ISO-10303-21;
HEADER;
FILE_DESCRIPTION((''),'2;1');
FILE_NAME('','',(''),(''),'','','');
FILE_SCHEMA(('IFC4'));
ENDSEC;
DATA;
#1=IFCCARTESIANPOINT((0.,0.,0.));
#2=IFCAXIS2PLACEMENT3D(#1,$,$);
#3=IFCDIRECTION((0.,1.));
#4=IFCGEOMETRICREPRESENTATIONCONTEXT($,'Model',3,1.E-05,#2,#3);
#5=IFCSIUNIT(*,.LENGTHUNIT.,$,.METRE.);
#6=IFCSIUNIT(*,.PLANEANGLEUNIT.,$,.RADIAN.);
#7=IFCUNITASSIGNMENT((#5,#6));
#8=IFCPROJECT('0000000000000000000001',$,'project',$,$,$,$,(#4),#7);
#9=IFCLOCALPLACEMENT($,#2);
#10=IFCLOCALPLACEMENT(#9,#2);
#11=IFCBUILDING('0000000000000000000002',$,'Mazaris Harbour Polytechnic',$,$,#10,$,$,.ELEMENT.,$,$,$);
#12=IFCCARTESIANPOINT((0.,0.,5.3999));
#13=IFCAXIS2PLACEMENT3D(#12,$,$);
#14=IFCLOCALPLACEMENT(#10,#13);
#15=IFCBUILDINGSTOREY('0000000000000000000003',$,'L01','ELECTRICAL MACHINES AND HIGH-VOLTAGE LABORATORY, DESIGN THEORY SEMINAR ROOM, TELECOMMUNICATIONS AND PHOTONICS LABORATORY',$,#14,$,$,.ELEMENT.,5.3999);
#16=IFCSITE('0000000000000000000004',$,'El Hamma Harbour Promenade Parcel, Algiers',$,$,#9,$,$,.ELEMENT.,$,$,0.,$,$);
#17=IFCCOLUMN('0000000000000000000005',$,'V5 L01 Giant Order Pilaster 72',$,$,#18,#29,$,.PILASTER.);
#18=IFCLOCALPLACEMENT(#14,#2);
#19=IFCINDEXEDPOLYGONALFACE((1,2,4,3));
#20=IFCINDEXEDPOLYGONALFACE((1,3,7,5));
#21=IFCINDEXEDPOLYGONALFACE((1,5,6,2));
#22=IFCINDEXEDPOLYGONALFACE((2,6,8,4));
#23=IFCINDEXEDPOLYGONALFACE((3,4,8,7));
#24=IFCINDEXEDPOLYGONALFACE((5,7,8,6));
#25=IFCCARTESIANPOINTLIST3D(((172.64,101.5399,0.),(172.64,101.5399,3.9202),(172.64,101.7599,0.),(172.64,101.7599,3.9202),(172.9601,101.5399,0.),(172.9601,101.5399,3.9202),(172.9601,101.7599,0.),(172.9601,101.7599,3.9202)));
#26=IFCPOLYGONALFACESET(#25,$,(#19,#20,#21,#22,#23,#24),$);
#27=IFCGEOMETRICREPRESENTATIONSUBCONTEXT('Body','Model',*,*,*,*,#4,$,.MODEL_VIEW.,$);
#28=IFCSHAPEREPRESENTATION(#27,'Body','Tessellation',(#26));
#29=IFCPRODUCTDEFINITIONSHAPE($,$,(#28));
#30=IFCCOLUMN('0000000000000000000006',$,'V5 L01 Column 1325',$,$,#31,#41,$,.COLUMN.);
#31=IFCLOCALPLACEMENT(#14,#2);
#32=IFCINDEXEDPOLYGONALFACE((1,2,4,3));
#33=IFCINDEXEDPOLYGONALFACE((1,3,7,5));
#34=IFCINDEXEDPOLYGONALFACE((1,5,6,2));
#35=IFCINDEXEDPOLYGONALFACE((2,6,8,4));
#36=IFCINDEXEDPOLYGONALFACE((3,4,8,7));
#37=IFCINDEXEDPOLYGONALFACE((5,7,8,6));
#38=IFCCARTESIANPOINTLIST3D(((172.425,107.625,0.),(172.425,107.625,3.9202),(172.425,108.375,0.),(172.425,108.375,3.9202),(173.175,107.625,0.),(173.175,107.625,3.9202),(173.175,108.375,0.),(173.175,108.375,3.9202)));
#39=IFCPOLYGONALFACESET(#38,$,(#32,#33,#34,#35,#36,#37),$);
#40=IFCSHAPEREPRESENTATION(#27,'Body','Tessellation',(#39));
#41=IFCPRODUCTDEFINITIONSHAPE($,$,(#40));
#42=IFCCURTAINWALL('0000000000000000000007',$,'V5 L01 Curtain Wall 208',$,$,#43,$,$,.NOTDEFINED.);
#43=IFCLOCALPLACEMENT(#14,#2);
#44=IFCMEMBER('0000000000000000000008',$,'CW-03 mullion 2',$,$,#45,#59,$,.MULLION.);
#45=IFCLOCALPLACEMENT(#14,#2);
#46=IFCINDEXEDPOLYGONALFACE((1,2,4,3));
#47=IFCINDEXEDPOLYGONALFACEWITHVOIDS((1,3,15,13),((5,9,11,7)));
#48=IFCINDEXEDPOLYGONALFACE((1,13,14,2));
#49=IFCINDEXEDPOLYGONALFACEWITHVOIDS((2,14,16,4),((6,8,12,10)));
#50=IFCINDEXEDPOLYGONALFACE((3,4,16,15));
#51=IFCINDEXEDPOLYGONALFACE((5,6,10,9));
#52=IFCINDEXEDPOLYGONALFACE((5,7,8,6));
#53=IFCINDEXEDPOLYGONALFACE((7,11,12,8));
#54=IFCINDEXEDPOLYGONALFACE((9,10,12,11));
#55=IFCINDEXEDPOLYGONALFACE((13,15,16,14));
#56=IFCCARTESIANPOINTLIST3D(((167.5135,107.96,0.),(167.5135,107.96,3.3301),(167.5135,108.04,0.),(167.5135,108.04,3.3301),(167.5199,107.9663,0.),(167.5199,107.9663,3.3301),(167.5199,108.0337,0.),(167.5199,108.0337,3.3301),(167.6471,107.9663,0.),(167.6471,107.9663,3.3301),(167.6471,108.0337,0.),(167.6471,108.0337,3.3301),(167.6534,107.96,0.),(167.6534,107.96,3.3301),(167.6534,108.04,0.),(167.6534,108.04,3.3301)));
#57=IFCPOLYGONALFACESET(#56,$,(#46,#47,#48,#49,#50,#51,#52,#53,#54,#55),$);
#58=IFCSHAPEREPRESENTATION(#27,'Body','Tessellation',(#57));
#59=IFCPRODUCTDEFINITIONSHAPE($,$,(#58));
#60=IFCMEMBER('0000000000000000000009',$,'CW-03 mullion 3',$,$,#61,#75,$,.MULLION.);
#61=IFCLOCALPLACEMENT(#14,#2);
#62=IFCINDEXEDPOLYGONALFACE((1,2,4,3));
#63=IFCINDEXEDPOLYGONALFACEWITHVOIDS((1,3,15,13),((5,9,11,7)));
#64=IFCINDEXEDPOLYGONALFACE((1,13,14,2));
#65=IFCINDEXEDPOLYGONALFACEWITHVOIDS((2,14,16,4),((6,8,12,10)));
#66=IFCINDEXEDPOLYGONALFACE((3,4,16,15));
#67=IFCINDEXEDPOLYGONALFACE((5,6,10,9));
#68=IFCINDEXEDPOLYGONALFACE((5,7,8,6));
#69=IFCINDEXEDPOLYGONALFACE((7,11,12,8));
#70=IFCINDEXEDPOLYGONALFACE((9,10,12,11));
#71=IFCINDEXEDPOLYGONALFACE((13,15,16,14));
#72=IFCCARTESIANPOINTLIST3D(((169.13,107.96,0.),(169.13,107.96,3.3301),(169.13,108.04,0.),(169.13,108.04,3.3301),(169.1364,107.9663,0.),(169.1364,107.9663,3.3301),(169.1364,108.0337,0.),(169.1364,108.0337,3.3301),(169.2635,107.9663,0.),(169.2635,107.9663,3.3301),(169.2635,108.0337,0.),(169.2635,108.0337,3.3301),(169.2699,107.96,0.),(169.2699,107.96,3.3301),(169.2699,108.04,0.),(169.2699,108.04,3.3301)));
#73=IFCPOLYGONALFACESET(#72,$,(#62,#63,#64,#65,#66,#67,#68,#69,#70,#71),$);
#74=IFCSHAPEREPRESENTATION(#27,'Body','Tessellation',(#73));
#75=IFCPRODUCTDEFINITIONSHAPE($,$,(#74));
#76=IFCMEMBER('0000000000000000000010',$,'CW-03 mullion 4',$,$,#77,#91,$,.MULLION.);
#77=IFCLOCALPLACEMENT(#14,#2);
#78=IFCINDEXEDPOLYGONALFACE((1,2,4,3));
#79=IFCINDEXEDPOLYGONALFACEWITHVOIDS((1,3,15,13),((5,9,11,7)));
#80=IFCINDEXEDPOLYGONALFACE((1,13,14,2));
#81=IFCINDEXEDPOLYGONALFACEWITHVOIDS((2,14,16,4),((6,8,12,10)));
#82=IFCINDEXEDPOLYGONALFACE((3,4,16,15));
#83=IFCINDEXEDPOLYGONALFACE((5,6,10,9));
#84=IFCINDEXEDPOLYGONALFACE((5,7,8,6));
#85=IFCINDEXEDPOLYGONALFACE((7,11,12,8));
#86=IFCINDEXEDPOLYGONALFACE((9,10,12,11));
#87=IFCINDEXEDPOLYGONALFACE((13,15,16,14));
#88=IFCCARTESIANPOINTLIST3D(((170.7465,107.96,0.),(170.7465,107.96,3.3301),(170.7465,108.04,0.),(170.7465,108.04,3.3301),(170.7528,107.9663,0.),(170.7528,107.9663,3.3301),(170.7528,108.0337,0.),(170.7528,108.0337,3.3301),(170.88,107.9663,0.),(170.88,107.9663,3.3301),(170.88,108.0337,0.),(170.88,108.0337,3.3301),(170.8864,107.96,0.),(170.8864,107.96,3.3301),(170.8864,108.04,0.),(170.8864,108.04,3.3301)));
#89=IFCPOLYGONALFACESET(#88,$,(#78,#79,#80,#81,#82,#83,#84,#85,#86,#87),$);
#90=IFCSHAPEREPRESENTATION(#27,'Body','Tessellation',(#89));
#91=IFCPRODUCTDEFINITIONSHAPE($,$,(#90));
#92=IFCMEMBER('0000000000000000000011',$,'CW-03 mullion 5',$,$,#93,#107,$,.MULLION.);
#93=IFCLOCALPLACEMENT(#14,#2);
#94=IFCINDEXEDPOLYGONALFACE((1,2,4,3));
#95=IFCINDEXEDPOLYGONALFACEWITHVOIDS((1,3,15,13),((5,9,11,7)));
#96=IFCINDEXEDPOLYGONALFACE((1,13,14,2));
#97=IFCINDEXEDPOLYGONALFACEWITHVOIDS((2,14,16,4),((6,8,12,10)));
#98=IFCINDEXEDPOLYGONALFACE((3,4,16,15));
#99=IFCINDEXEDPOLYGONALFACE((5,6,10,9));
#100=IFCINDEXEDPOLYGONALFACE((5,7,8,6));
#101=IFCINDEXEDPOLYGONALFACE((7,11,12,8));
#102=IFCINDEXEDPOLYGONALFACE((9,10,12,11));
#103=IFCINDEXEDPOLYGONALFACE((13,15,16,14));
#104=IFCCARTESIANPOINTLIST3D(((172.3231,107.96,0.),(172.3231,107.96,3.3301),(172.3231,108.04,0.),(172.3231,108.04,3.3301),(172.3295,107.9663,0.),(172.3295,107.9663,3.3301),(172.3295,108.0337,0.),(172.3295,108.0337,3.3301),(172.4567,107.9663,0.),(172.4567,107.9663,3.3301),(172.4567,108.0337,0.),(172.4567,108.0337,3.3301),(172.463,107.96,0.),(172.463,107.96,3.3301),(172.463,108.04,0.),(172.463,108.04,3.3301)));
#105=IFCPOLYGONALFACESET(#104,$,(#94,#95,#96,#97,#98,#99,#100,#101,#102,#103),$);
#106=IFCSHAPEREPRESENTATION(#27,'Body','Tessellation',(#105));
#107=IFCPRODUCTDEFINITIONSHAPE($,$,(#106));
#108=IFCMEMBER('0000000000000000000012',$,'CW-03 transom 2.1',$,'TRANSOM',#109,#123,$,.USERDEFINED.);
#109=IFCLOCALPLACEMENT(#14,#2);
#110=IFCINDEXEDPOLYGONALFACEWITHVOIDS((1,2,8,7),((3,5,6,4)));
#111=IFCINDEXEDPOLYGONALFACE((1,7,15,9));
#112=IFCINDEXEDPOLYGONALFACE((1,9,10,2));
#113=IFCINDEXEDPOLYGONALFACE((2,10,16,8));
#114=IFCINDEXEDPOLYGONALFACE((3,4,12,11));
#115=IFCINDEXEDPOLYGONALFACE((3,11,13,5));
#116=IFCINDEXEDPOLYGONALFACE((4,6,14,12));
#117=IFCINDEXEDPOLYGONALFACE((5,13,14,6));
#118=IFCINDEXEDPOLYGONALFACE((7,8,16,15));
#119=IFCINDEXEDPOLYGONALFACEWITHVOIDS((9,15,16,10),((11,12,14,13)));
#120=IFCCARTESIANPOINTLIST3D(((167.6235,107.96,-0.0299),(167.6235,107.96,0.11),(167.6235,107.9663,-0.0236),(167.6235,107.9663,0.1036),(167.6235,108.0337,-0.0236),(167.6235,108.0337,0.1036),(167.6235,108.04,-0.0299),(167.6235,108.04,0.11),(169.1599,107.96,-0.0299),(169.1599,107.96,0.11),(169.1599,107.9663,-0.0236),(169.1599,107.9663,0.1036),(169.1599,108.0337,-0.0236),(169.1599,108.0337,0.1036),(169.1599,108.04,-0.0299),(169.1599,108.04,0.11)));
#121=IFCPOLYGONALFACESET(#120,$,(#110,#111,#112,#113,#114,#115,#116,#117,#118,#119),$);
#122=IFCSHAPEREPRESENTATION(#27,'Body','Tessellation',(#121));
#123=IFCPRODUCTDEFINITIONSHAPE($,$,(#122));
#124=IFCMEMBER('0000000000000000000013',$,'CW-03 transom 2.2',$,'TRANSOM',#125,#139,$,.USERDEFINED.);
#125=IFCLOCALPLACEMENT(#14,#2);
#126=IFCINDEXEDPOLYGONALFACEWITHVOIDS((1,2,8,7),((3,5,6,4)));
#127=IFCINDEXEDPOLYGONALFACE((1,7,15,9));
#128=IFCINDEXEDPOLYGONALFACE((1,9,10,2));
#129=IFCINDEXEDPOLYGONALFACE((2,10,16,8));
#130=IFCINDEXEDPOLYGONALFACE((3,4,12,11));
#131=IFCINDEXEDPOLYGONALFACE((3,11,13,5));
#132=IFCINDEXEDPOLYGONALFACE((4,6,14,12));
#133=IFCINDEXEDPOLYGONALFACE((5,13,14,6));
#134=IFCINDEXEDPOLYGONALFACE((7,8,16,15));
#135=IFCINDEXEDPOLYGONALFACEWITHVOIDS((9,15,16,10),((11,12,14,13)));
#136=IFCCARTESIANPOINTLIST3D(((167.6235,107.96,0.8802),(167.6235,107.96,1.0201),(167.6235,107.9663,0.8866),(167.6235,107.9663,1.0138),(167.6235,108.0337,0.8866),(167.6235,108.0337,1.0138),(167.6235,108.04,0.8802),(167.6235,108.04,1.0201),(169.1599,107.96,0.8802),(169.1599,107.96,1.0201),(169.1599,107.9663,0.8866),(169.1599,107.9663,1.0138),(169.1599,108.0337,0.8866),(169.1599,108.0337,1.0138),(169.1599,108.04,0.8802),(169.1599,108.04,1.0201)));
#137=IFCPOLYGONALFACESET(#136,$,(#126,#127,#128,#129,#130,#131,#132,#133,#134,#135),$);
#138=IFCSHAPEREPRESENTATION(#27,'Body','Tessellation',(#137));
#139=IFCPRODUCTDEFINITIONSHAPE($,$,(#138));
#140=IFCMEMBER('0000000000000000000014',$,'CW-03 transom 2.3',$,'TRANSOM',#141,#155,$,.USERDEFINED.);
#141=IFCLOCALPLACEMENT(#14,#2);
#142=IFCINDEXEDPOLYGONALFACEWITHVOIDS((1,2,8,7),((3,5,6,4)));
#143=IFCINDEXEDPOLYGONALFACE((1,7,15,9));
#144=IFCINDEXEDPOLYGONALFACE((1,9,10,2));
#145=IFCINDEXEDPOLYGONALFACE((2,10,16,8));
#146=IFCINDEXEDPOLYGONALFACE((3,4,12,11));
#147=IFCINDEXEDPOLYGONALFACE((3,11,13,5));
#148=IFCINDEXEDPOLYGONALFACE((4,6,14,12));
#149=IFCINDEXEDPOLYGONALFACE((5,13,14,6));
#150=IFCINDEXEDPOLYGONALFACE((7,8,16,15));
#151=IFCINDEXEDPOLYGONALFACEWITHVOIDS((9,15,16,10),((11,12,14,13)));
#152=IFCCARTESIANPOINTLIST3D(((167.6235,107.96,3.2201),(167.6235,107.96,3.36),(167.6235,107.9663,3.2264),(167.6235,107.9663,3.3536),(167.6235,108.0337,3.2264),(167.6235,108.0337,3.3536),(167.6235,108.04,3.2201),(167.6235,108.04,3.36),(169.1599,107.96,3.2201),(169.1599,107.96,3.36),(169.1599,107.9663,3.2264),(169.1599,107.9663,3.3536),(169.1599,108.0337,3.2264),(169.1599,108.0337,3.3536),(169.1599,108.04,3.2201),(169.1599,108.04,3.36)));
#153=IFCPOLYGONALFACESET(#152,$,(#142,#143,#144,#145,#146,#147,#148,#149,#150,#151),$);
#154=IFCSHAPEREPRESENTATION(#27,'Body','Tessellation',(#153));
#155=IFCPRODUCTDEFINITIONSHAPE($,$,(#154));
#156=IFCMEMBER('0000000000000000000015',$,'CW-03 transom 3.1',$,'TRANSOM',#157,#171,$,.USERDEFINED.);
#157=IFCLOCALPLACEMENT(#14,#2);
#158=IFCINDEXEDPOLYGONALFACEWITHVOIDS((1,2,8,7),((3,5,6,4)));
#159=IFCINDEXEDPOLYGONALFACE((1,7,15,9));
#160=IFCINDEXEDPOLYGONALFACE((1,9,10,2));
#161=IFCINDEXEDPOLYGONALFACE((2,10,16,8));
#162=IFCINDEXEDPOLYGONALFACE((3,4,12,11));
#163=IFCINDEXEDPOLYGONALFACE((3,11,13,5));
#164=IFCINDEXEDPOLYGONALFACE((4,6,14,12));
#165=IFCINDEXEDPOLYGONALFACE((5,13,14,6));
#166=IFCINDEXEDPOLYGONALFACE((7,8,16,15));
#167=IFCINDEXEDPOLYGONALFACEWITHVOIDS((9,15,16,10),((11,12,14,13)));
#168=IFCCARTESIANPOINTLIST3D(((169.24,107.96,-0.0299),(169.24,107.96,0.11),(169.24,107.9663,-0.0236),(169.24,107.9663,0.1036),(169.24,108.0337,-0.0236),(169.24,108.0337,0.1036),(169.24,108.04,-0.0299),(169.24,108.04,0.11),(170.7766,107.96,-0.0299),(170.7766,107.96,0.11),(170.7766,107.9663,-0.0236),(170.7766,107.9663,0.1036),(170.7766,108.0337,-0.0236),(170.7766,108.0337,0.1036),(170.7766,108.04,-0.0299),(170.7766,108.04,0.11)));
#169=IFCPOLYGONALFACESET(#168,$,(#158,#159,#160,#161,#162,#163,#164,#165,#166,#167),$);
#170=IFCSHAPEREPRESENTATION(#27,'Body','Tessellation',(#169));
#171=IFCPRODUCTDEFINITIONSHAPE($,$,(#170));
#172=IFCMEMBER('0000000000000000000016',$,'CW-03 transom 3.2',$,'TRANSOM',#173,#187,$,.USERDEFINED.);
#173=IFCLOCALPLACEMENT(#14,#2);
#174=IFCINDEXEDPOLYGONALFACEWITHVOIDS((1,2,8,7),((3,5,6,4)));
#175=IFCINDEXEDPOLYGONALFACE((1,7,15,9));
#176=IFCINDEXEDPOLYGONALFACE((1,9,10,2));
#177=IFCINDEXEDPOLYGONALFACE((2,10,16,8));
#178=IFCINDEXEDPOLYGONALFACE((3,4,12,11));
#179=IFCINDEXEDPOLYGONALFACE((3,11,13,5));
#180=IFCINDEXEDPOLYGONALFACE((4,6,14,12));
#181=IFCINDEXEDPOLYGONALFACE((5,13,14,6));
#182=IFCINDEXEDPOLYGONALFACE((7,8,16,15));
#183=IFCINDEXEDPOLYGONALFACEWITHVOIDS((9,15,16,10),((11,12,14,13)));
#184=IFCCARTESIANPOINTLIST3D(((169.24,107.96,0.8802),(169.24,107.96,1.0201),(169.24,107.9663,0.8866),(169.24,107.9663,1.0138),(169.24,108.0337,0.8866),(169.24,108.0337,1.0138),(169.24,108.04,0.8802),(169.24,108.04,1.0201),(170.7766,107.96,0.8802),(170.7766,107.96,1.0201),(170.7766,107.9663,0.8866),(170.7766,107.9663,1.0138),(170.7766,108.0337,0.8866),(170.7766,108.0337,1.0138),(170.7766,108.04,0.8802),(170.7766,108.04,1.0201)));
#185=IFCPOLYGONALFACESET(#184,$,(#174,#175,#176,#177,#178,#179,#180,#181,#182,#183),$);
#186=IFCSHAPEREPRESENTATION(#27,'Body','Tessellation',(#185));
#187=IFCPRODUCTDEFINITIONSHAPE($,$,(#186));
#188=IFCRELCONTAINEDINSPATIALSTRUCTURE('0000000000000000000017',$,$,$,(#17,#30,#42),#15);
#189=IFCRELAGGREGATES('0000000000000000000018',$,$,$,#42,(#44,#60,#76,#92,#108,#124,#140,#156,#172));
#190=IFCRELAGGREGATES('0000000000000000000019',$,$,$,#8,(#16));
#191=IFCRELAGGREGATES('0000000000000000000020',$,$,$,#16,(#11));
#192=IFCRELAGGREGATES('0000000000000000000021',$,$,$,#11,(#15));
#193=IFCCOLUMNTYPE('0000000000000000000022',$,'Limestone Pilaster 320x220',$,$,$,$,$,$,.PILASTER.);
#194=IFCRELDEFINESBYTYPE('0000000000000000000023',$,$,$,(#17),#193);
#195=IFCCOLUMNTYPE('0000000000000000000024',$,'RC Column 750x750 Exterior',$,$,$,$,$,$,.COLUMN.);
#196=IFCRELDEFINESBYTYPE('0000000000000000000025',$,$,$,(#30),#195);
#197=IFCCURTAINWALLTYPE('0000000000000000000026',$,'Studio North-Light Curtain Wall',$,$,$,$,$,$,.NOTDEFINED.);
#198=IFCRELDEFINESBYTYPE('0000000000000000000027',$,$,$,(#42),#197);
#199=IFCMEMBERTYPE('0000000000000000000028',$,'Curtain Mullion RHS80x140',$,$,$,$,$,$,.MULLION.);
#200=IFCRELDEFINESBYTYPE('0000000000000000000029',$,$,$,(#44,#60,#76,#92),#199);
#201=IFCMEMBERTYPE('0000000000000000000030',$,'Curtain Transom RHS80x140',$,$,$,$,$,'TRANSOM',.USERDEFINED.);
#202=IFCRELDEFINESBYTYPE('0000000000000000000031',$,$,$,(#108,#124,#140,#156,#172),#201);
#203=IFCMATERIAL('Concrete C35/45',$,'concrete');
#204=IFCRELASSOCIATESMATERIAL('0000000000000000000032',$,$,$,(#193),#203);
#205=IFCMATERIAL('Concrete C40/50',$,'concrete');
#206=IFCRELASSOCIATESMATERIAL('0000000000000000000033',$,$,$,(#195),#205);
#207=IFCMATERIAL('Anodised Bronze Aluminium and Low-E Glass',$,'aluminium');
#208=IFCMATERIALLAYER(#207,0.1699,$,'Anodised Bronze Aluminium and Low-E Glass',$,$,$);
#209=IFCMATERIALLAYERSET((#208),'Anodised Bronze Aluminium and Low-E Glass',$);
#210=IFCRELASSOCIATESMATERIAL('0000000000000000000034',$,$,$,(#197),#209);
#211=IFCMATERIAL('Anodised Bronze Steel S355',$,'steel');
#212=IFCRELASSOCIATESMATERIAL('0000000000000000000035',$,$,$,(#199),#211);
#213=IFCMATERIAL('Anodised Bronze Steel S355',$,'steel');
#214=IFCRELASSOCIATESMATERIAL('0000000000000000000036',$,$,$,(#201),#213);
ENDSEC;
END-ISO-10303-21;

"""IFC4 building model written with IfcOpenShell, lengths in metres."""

from ifc_helpers import new_model, si_unit, direction, frame, origin, origin_2d, place, context, subcontext, project, spatial, rectangle, hollow_rectangle, extrude, material, layer, layer_set, material_profile, profile_set, type_object, element, aggregate, save


model = new_model("IFC4")

# Units and contexts
model_context = context("Model", 3, precision=1e-05, world=origin(), true_north=direction((0.0, 1.0)))
body_context = subcontext(model_context, "Body", "Model", "MODEL_VIEW")
ifc_project = project(units=[si_unit("LENGTHUNIT", "METRE"), si_unit("PLANEANGLEUNIT", "RADIAN")], contexts=[model_context])

# Site, building, storey
site_placement = place(None, origin())
site = spatial("IfcSite", under=ifc_project, at=site_placement, Name="El Hamma Harbour Promenade Parcel, Algiers", CompositionType="ELEMENT", RefElevation=0.0)
building_placement = place(site_placement, origin())
building = spatial("IfcBuilding", under=site, at=building_placement, Name="Mazaris Harbour Polytechnic", CompositionType="ELEMENT")
storey_placement = place(building_placement, frame((0.0, 0.0, 5.3999)))
storey = spatial("IfcBuildingStorey", under=building, at=storey_placement, Name="L01", Description="ELECTRICAL MACHINES AND HIGH-VOLTAGE LABORATORY, DESIGN THEORY SEMINAR ROOM, TELECOMMUNICATIONS AND PHOTONICS LABORATORY", CompositionType="ELEMENT", Elevation=5.3999)

# Columns
ifc_material_1 = material(Name="Concrete C35/45", Category="concrete")
ifc_material_profile_1 = material_profile(ifc_material_1, rectangle(XDim=0.3201, YDim=0.22, at=origin_2d()), Name="RECT320x220")
ifc_profile_set_1 = profile_set([ifc_material_profile_1], Name="Concrete C35/45")
column_type_1 = type_object("IfcColumnType", Name="Limestone Pilaster 320x220", PredefinedType="PILASTER", material=ifc_profile_set_1)
column_1_placement = place(storey_placement, frame((172.8, 101.6499, 0.0), z_axis=(0.0, 0.0, 1.0), x_axis=(1.0, 0.0, 0.0)))
element("IfcColumn", 1, at=column_1_placement, inside=storey, type_object=column_type_1, Name="V5 L01 Giant Order Pilaster 72", PredefinedType="PILASTER", context=body_context, shape_type="SweptSolid", body=[
    extrude(rectangle(XDim=0.3201, YDim=0.22, at=origin_2d()), origin(), (0.0, 0.0, 1.0), 3.9202),
])
ifc_material_2 = material(Name="Concrete C40/50", Category="concrete")
ifc_material_profile_2 = material_profile(ifc_material_2, rectangle(XDim=0.75, YDim=0.75, at=origin_2d()), Name="RECT750x750")
ifc_profile_set_2 = profile_set([ifc_material_profile_2], Name="Concrete C40/50")
column_type_2 = type_object("IfcColumnType", Name="RC Column 750x750 Exterior", PredefinedType="COLUMN", material=ifc_profile_set_2)
column_2_placement = place(storey_placement, frame((172.8, 108.0, 0.0), z_axis=(0.0, 0.0, 1.0), x_axis=(1.0, 0.0, 0.0)))
element("IfcColumn", 2, at=column_2_placement, inside=storey, type_object=column_type_2, Name="V5 L01 Column 1325", PredefinedType="COLUMN", context=body_context, shape_type="SweptSolid", body=[
    extrude(rectangle(XDim=0.75, YDim=0.75, at=origin_2d()), origin(), (0.0, 0.0, 1.0), 3.9202),
])

# Curtain wall, members
ifc_material_3 = material(Name="Anodised Bronze Aluminium and Low-E Glass", Category="aluminium")
ifc_layer_1 = layer(ifc_material_3, 0.1699, Name="Anodised Bronze Aluminium and Low-E Glass")
ifc_layer_set_1 = layer_set([ifc_layer_1], Name="Anodised Bronze Aluminium and Low-E Glass")
curtain_wall_type = type_object("IfcCurtainWallType", Name="Studio North-Light Curtain Wall", PredefinedType="NOTDEFINED", material=ifc_layer_set_1)
curtain_wall_placement = place(storey_placement, origin())
curtain_wall = element("IfcCurtainWall", 3, at=curtain_wall_placement, inside=storey, type_object=curtain_wall_type, Name="V5 L01 Curtain Wall 208", PredefinedType="NOTDEFINED")
ifc_material_4 = material(Name="Anodised Bronze Steel S355", Category="steel")
ifc_material_profile_3 = material_profile(ifc_material_4, hollow_rectangle(XDim=0.0801, YDim=0.1399, WallThickness=0.0063, at=origin_2d()), Name="RHS 80x140x6.3")
ifc_profile_set_3 = profile_set([ifc_material_profile_3], Name="Anodised Bronze Steel S355")
member_type_1 = type_object("IfcMemberType", Name="Curtain Mullion RHS80x140", PredefinedType="MULLION", material=ifc_profile_set_3)
member_1_placement = place(storey_placement, frame((167.5835, 108.0, 0.0), z_axis=(0.0, 0.0, 1.0), x_axis=(0.0, 1.0, 0.0)))
member_1 = element("IfcMember", 4, at=member_1_placement, type_object=member_type_1, Name="CW-03 mullion 2", PredefinedType="MULLION", context=body_context, shape_type="SweptSolid", body=[
    extrude(hollow_rectangle(XDim=0.0801, YDim=0.1399, WallThickness=0.0063, at=origin_2d()), origin(), (0.0, 0.0, 1.0), 3.3301),
])
member_2_placement = place(storey_placement, frame((169.2, 108.0, 0.0), z_axis=(0.0, 0.0, 1.0), x_axis=(0.0, 1.0, 0.0)))
member_2 = element("IfcMember", 5, at=member_2_placement, type_object=member_type_1, Name="CW-03 mullion 3", PredefinedType="MULLION", context=body_context, shape_type="SweptSolid", body=[
    extrude(hollow_rectangle(XDim=0.0801, YDim=0.1399, WallThickness=0.0063, at=origin_2d()), origin(), (0.0, 0.0, 1.0), 3.3301),
])
member_3_placement = place(storey_placement, frame((170.8164, 108.0, 0.0), z_axis=(0.0, 0.0, 1.0), x_axis=(0.0, 1.0, 0.0)))
member_3 = element("IfcMember", 6, at=member_3_placement, type_object=member_type_1, Name="CW-03 mullion 4", PredefinedType="MULLION", context=body_context, shape_type="SweptSolid", body=[
    extrude(hollow_rectangle(XDim=0.0801, YDim=0.1399, WallThickness=0.0063, at=origin_2d()), origin(), (0.0, 0.0, 1.0), 3.3301),
])
member_4_placement = place(storey_placement, frame((172.3931, 108.0, 0.0), z_axis=(0.0, 0.0, 1.0), x_axis=(0.0, 1.0, 0.0)))
member_4 = element("IfcMember", 7, at=member_4_placement, type_object=member_type_1, Name="CW-03 mullion 5", PredefinedType="MULLION", context=body_context, shape_type="SweptSolid", body=[
    extrude(hollow_rectangle(XDim=0.0801, YDim=0.1399, WallThickness=0.0063, at=origin_2d()), origin(), (0.0, 0.0, 1.0), 3.3301),
])
ifc_material_5 = material(Name="Anodised Bronze Steel S355", Category="steel")
ifc_material_profile_4 = material_profile(ifc_material_5, hollow_rectangle(XDim=0.0801, YDim=0.1399, WallThickness=0.0063, at=origin_2d()), Name="RHS 80x140x6.3")
ifc_profile_set_4 = profile_set([ifc_material_profile_4], Name="Anodised Bronze Steel S355")
member_type_2 = type_object("IfcMemberType", Name="Curtain Transom RHS80x140", ElementType="TRANSOM", PredefinedType="USERDEFINED", material=ifc_profile_set_4)
member_5_placement = place(storey_placement, frame((167.6235, 108.0, 0.04), z_axis=(1.0, 0.0, 0.0), x_axis=(0.0, 1.0, 0.0)))
member_5 = element("IfcMember", 8, at=member_5_placement, type_object=member_type_2, Name="CW-03 transom 2.1", ObjectType="TRANSOM", PredefinedType="USERDEFINED", context=body_context, shape_type="SweptSolid", body=[
    extrude(hollow_rectangle(XDim=0.0801, YDim=0.1399, WallThickness=0.0063, at=origin_2d()), origin(), (0.0, 0.0, 1.0), 1.5364),
])
member_6_placement = place(storey_placement, frame((167.6235, 108.0, 0.9502), z_axis=(1.0, 0.0, 0.0), x_axis=(0.0, 1.0, 0.0)))
member_6 = element("IfcMember", 9, at=member_6_placement, type_object=member_type_2, Name="CW-03 transom 2.2", ObjectType="TRANSOM", PredefinedType="USERDEFINED", context=body_context, shape_type="SweptSolid", body=[
    extrude(hollow_rectangle(XDim=0.0801, YDim=0.1399, WallThickness=0.0063, at=origin_2d()), origin(), (0.0, 0.0, 1.0), 1.5364),
])
member_7_placement = place(storey_placement, frame((167.6235, 108.0, 3.29), z_axis=(1.0, 0.0, 0.0), x_axis=(0.0, 1.0, 0.0)))
member_7 = element("IfcMember", 10, at=member_7_placement, type_object=member_type_2, Name="CW-03 transom 2.3", ObjectType="TRANSOM", PredefinedType="USERDEFINED", context=body_context, shape_type="SweptSolid", body=[
    extrude(hollow_rectangle(XDim=0.0801, YDim=0.1399, WallThickness=0.0063, at=origin_2d()), origin(), (0.0, 0.0, 1.0), 1.5364),
])
member_8_placement = place(storey_placement, frame((169.24, 108.0, 0.04), z_axis=(1.0, 0.0, 0.0), x_axis=(0.0, 1.0, 0.0)))
member_8 = element("IfcMember", 11, at=member_8_placement, type_object=member_type_2, Name="CW-03 transom 3.1", ObjectType="TRANSOM", PredefinedType="USERDEFINED", context=body_context, shape_type="SweptSolid", body=[
    extrude(hollow_rectangle(XDim=0.0801, YDim=0.1399, WallThickness=0.0063, at=origin_2d()), origin(), (0.0, 0.0, 1.0), 1.5366),
])
member_9_placement = place(storey_placement, frame((169.24, 108.0, 0.9502), z_axis=(1.0, 0.0, 0.0), x_axis=(0.0, 1.0, 0.0)))
member_9 = element("IfcMember", 12, at=member_9_placement, type_object=member_type_2, Name="CW-03 transom 3.2", ObjectType="TRANSOM", PredefinedType="USERDEFINED", context=body_context, shape_type="SweptSolid", body=[
    extrude(hollow_rectangle(XDim=0.0801, YDim=0.1399, WallThickness=0.0063, at=origin_2d()), origin(), (0.0, 0.0, 1.0), 1.5366),
])

aggregate(curtain_wall, [member_1, member_2, member_3, member_4, member_5, member_6, member_7, member_8, member_9])

save(model, "model.ifc")
